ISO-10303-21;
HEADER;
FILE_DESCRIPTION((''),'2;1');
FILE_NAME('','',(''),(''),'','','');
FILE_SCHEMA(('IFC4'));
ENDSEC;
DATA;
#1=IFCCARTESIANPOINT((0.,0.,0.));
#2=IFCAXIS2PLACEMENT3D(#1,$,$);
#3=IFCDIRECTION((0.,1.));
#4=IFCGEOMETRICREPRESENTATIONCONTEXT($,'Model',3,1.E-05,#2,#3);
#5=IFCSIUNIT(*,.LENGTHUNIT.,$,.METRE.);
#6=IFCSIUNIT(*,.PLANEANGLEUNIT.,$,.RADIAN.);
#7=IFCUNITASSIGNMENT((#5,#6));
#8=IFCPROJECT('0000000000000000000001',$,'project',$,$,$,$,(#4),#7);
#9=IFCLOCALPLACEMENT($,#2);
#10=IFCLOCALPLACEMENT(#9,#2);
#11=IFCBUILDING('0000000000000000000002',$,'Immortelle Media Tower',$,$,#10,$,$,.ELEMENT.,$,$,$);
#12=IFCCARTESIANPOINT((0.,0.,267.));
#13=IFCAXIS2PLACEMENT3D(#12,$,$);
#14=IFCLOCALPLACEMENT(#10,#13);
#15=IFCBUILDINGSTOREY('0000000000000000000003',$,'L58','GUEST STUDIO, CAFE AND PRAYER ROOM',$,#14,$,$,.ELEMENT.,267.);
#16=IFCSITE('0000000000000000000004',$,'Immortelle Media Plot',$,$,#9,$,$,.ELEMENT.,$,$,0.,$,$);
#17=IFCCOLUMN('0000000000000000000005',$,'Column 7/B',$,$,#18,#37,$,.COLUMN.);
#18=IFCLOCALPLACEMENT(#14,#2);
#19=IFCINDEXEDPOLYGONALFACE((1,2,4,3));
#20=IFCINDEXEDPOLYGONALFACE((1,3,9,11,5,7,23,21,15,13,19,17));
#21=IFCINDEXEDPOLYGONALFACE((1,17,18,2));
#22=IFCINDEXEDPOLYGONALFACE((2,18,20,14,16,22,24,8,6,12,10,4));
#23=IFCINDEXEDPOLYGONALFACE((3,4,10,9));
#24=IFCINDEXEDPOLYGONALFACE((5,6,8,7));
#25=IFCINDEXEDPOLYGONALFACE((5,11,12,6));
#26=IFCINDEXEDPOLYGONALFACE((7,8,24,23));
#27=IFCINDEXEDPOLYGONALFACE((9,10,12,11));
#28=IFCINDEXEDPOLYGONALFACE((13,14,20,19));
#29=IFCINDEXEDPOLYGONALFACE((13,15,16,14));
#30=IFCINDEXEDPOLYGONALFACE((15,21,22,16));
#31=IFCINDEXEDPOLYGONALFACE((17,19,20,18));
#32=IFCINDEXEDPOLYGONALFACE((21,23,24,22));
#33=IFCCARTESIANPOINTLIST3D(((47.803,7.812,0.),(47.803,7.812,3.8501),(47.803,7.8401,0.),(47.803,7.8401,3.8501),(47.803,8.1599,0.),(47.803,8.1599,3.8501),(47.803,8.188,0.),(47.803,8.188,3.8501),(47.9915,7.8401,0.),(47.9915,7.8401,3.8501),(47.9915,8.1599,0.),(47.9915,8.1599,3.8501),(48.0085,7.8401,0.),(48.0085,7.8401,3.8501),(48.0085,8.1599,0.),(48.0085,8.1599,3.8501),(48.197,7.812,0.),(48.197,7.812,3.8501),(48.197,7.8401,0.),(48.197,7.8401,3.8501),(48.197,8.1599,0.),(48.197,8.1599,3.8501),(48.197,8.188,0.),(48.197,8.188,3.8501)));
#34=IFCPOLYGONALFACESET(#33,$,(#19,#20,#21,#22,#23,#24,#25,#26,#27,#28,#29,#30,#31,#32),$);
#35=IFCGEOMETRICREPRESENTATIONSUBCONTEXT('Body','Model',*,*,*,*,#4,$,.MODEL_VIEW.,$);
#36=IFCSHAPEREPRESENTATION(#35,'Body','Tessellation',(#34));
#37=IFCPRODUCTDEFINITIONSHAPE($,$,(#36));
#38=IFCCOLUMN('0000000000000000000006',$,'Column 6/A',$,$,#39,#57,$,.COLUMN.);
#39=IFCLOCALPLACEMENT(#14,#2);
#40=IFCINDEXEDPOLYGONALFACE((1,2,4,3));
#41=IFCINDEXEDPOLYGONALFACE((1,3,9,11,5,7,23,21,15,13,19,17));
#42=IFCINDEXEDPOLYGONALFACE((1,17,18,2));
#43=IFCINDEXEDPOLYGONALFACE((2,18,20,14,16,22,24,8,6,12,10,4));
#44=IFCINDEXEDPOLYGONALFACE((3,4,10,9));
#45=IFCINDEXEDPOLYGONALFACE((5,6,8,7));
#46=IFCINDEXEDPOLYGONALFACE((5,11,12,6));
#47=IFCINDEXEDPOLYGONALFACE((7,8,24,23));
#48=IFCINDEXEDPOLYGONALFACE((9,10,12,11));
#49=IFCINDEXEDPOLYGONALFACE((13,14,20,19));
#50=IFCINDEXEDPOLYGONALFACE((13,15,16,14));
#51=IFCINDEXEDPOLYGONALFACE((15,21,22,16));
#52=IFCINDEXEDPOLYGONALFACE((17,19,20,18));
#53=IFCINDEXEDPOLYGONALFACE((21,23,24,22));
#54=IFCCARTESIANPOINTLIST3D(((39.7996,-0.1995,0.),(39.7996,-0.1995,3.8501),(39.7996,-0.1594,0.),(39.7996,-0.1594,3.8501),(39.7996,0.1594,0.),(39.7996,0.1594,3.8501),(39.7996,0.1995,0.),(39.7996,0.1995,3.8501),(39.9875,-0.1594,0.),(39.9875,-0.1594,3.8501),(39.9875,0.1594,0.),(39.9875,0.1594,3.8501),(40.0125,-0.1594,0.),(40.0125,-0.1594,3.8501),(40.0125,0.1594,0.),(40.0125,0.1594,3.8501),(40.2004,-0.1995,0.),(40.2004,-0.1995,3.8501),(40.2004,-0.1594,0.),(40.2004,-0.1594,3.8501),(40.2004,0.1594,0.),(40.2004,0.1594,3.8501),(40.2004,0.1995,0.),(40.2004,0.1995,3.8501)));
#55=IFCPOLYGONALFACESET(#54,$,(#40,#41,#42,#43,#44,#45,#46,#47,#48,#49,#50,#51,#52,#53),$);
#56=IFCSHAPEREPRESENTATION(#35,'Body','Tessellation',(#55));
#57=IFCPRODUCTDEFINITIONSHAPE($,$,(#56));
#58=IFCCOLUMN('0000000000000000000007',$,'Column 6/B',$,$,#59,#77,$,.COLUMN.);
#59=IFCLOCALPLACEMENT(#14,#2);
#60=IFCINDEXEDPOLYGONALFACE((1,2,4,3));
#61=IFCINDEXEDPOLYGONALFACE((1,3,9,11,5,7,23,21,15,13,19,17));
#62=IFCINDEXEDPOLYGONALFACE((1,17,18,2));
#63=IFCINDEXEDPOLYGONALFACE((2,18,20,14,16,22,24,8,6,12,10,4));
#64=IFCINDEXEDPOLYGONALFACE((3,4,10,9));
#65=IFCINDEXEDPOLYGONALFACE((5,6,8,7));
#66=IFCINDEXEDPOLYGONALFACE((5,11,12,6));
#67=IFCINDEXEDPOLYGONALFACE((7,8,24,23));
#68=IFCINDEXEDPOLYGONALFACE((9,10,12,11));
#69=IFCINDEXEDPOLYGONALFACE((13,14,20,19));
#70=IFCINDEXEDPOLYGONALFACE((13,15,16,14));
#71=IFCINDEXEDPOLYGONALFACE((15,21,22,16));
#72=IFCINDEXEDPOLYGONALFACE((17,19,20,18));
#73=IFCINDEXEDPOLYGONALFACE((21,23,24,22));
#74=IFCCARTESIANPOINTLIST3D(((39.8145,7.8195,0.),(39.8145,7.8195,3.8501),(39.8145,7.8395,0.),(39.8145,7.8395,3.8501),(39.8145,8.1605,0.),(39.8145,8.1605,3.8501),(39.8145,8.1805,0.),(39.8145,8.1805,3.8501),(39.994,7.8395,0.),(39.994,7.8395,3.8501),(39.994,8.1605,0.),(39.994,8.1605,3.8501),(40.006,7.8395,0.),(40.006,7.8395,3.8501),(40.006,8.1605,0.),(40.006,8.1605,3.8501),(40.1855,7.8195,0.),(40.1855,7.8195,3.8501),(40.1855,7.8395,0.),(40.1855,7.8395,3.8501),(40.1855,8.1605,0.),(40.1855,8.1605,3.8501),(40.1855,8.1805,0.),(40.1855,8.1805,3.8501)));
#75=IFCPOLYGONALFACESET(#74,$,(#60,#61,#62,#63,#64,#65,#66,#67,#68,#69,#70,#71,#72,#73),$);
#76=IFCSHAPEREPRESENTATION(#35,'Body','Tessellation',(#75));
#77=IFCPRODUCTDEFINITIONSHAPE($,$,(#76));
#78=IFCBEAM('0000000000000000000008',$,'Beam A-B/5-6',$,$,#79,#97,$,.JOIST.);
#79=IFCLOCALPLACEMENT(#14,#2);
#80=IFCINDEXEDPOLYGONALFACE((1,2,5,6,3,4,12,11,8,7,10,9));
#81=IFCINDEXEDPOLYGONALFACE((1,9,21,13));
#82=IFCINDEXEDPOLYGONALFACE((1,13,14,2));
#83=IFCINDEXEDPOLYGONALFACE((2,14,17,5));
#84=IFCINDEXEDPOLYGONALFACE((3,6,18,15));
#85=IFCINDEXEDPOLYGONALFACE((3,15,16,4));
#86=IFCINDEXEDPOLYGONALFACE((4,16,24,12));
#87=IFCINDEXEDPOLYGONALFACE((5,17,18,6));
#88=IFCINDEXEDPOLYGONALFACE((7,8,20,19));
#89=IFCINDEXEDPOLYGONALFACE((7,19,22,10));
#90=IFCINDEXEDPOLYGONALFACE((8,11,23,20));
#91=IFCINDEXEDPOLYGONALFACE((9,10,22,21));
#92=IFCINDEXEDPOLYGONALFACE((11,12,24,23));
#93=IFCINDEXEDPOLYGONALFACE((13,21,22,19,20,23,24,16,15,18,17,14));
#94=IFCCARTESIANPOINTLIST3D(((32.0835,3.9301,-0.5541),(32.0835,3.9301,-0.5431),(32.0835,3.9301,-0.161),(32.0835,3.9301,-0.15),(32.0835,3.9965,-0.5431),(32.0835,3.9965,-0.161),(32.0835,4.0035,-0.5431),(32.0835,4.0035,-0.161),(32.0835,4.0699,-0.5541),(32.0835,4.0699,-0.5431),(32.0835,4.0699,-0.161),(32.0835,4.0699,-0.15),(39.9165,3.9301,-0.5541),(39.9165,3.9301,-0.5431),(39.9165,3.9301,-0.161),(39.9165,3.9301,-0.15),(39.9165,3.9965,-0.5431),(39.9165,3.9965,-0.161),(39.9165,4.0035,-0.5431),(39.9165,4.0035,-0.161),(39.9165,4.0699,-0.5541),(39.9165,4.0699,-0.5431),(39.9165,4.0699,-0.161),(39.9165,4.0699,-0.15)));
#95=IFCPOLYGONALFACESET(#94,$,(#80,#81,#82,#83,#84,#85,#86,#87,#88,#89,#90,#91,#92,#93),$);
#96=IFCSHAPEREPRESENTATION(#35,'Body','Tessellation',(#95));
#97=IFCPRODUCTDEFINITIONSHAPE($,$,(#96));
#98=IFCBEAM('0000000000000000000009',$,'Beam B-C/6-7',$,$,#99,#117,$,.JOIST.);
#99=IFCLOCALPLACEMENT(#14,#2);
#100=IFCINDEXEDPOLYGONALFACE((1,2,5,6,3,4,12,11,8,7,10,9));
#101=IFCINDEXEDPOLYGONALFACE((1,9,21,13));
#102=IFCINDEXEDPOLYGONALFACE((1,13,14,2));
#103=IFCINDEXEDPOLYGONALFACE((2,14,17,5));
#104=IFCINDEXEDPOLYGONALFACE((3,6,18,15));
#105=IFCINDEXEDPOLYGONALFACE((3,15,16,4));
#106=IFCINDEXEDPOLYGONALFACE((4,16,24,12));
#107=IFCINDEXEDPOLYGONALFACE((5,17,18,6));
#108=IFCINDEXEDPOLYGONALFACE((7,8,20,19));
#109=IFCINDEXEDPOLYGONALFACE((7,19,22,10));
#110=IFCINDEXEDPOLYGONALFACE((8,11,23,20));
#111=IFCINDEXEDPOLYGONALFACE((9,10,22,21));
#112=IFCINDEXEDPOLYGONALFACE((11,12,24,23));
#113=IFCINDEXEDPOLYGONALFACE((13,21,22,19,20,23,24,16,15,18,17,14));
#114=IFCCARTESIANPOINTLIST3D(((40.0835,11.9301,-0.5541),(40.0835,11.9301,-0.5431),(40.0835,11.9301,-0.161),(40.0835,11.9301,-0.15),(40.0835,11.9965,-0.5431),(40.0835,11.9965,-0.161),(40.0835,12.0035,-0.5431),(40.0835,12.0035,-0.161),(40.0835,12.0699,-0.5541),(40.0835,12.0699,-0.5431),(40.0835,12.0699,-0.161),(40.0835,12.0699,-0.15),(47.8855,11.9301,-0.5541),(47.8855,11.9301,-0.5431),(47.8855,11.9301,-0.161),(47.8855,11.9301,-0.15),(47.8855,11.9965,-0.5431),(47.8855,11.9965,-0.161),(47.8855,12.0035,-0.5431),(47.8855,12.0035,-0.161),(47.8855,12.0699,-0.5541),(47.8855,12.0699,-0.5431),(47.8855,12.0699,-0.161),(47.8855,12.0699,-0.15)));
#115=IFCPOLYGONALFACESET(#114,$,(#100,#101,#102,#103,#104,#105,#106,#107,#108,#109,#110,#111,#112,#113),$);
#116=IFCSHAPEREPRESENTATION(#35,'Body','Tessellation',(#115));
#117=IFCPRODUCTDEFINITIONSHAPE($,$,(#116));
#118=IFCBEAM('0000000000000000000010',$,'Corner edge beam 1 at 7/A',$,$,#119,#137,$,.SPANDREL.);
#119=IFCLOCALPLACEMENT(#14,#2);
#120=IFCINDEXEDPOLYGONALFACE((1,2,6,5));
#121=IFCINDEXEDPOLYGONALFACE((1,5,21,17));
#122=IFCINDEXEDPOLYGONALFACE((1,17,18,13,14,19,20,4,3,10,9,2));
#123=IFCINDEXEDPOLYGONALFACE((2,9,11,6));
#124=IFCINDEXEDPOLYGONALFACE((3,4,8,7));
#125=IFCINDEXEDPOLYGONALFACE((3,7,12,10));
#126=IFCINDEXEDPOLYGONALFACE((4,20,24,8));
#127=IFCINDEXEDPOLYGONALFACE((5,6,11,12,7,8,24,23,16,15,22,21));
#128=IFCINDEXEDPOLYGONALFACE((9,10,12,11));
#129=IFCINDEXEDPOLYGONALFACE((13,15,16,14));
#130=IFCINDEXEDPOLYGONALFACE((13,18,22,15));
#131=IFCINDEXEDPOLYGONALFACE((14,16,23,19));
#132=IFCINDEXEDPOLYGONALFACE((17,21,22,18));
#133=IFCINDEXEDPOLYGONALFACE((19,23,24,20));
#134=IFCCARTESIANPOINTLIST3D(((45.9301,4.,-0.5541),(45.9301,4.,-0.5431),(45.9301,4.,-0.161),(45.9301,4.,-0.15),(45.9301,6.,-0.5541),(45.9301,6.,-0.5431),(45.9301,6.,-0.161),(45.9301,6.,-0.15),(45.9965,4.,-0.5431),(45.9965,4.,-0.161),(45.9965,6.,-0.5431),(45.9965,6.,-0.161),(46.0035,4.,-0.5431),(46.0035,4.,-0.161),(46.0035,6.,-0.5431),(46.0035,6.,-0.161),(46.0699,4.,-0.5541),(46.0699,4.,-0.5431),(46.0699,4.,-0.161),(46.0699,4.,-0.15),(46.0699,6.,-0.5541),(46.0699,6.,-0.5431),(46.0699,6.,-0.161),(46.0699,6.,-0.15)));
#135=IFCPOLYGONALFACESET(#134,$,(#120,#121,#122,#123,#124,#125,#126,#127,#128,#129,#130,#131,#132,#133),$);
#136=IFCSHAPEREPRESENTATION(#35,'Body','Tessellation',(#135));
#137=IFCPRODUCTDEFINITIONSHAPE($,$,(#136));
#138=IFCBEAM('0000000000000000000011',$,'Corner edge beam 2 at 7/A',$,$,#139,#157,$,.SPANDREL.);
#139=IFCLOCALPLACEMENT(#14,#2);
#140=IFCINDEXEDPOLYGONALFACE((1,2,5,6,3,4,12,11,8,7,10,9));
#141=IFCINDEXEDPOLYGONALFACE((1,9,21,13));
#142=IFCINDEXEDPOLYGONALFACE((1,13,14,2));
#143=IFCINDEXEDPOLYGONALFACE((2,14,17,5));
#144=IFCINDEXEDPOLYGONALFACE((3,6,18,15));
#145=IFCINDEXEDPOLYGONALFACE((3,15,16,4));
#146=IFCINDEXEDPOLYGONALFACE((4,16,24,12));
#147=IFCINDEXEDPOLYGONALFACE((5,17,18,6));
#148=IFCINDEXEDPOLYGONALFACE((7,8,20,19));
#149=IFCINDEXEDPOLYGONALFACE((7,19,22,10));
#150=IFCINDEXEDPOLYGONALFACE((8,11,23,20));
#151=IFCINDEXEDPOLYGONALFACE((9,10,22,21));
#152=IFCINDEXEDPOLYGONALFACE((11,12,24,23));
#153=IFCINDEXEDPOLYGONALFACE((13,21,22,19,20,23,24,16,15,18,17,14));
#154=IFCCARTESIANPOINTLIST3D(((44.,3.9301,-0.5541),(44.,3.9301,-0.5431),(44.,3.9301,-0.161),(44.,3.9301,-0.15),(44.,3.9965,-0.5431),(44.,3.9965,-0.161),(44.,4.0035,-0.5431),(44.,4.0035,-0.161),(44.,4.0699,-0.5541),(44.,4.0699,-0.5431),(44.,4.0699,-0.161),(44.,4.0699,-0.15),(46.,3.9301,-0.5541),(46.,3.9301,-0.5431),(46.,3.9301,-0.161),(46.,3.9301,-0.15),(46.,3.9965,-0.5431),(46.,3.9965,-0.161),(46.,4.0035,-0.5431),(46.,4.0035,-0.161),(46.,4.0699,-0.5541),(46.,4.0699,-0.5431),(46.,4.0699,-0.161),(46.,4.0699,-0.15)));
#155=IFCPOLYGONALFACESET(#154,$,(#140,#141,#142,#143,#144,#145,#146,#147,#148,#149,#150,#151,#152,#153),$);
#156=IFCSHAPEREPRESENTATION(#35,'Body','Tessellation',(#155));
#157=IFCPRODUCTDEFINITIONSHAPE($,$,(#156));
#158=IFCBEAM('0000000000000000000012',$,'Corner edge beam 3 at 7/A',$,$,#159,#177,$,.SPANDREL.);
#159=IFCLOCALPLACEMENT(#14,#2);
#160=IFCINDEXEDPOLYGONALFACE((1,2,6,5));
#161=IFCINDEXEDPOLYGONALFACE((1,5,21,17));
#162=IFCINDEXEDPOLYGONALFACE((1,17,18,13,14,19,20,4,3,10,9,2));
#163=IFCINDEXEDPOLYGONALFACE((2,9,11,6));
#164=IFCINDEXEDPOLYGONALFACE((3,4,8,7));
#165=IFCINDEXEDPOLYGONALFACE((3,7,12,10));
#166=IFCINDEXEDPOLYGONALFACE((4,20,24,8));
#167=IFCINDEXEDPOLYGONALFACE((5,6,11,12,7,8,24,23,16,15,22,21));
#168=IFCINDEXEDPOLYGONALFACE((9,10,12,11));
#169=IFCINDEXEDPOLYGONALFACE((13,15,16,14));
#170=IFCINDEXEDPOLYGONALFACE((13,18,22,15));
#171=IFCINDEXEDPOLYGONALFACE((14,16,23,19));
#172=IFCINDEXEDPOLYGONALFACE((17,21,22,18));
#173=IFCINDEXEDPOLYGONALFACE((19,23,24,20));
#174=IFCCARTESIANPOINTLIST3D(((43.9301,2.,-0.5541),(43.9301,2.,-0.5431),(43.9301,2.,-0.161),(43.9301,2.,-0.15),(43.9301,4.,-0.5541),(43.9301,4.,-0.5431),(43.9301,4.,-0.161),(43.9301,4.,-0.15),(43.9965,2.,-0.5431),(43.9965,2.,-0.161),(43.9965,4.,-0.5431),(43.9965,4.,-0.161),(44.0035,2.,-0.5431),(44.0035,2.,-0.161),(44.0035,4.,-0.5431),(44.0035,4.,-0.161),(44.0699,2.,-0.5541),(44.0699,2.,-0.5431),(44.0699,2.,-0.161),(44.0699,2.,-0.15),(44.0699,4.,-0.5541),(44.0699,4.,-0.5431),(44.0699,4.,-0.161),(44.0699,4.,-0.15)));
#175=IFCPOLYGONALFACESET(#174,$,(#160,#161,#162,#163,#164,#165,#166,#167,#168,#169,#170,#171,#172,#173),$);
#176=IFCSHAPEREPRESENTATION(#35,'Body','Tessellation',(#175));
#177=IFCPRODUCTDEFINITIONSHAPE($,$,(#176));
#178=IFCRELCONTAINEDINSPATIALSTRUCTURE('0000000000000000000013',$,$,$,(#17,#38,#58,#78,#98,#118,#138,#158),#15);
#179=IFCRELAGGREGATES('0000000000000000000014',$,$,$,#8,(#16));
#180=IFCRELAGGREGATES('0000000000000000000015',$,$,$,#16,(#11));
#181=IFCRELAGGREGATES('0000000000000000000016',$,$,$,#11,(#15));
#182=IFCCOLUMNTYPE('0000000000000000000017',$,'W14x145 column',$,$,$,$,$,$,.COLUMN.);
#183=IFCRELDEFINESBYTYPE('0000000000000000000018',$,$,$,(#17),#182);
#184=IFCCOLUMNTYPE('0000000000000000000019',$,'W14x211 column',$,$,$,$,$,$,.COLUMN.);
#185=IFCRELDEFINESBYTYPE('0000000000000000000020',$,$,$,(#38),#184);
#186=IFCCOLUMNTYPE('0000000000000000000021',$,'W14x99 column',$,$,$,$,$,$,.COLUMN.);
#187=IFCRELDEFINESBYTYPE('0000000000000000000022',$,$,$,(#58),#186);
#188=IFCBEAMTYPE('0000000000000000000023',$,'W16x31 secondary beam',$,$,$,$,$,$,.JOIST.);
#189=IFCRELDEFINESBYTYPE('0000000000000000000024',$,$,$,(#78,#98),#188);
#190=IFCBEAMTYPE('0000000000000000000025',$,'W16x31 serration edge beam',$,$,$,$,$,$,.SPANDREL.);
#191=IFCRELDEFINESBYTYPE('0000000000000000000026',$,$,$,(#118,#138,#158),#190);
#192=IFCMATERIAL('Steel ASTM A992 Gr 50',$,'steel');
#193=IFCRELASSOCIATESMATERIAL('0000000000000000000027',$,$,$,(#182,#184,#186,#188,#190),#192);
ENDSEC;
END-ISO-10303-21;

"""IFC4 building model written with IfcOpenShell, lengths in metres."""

from ifc_helpers import new_model, si_unit, direction, frame, origin, origin_2d, place, context, subcontext, project, spatial, i_section, extrude, material, material_profile, profile_set, type_object, element, save


model = new_model("IFC4")

# Units and contexts
model_context = context("Model", 3, precision=1e-05, world=origin(), true_north=direction((0.0, 1.0)))
body_context = subcontext(model_context, "Body", "Model", "MODEL_VIEW")
ifc_project = project(units=[si_unit("LENGTHUNIT", "METRE"), si_unit("PLANEANGLEUNIT", "RADIAN")], contexts=[model_context])

# Site, building, storey
site_placement = place(None, origin())
site = spatial("IfcSite", under=ifc_project, at=site_placement, Name="Immortelle Media Plot", CompositionType="ELEMENT", RefElevation=0.0)
building_placement = place(site_placement, origin())
building = spatial("IfcBuilding", under=site, at=building_placement, Name="Immortelle Media Tower", CompositionType="ELEMENT")
storey_placement = place(building_placement, frame((0.0, 0.0, 267.0)))
storey = spatial("IfcBuildingStorey", under=building, at=storey_placement, Name="L58", Description="GUEST STUDIO, CAFE AND PRAYER ROOM", CompositionType="ELEMENT", Elevation=267.0)

# Columns
ifc_material_1 = material(Name="Steel ASTM A992 Gr 50", Category="steel")
ifc_material_profile_1 = material_profile(ifc_material_1, i_section(OverallWidth=0.394, OverallDepth=0.376, WebThickness=0.0171, FlangeThickness=0.0281, at=origin_2d()), Name="W14x145")
ifc_profile_set_1 = profile_set([ifc_material_profile_1], Name="Steel ASTM A992 Gr 50")
column_type_1 = type_object("IfcColumnType", Name="W14x145 column", PredefinedType="COLUMN", material=ifc_profile_set_1)
column_1_placement = place(storey_placement, frame((48.0, 8.0, 0.0), z_axis=(0.0, 0.0, 1.0), x_axis=(1.0, 0.0, 0.0)))
element("IfcColumn", 1, at=column_1_placement, inside=storey, type_object=column_type_1, Name="Column 7/B", PredefinedType="COLUMN", context=body_context, shape_type="SweptSolid", body=[
    extrude(i_section(OverallWidth=0.394, OverallDepth=0.376, WebThickness=0.0171, FlangeThickness=0.0281, at=origin_2d()), origin(), (0.0, 0.0, 1.0), 3.8501),
])
ifc_material_profile_2 = material_profile(ifc_material_1, i_section(OverallWidth=0.4009, OverallDepth=0.3989, WebThickness=0.0249, FlangeThickness=0.04, at=origin_2d()), Name="W14x211")
ifc_profile_set_2 = profile_set([ifc_material_profile_2], Name="Steel ASTM A992 Gr 50")
column_type_2 = type_object("IfcColumnType", Name="W14x211 column", PredefinedType="COLUMN", material=ifc_profile_set_2)
column_2_placement = place(storey_placement, frame((40.0, 0.0, 0.0), z_axis=(0.0, 0.0, 1.0), x_axis=(1.0, 0.0, 0.0)))
element("IfcColumn", 2, at=column_2_placement, inside=storey, type_object=column_type_2, Name="Column 6/A", PredefinedType="COLUMN", context=body_context, shape_type="SweptSolid", body=[
    extrude(i_section(OverallWidth=0.4009, OverallDepth=0.3989, WebThickness=0.0249, FlangeThickness=0.04, at=origin_2d()), origin(), (0.0, 0.0, 1.0), 3.8501),
])
ifc_material_profile_3 = material_profile(ifc_material_1, i_section(OverallWidth=0.3711, OverallDepth=0.3611, WebThickness=0.012, FlangeThickness=0.02, at=origin_2d()), Name="W14x99")
ifc_profile_set_3 = profile_set([ifc_material_profile_3], Name="Steel ASTM A992 Gr 50")
column_type_3 = type_object("IfcColumnType", Name="W14x99 column", PredefinedType="COLUMN", material=ifc_profile_set_3)
column_3_placement = place(storey_placement, frame((40.0, 8.0, 0.0), z_axis=(0.0, 0.0, 1.0), x_axis=(1.0, 0.0, 0.0)))
element("IfcColumn", 3, at=column_3_placement, inside=storey, type_object=column_type_3, Name="Column 6/B", PredefinedType="COLUMN", context=body_context, shape_type="SweptSolid", body=[
    extrude(i_section(OverallWidth=0.3711, OverallDepth=0.3611, WebThickness=0.012, FlangeThickness=0.02, at=origin_2d()), origin(), (0.0, 0.0, 1.0), 3.8501),
])

# Beams
ifc_material_profile_4 = material_profile(ifc_material_1, i_section(OverallWidth=0.1399, OverallDepth=0.4041, WebThickness=0.0071, FlangeThickness=0.011, at=origin_2d()), Name="W16x31")
ifc_profile_set_4 = profile_set([ifc_material_profile_4], Name="Steel ASTM A992 Gr 50")
beam_type_1 = type_object("IfcBeamType", Name="W16x31 secondary beam", PredefinedType="JOIST", material=ifc_profile_set_4)
beam_1_placement = place(storey_placement, frame((32.0835, 4.0, -0.3521), z_axis=(1.0, 0.0, 0.0), x_axis=(0.0, 1.0, 0.0)))
element("IfcBeam", 4, at=beam_1_placement, inside=storey, type_object=beam_type_1, Name="Beam A-B/5-6", PredefinedType="JOIST", context=body_context, shape_type="SweptSolid", body=[
    extrude(i_section(OverallWidth=0.1399, OverallDepth=0.4041, WebThickness=0.0071, FlangeThickness=0.011, at=origin_2d()), origin(), (0.0, 0.0, 1.0), 7.833),
])
beam_2_placement = place(storey_placement, frame((40.0835, 12.0, -0.3521), z_axis=(1.0, 0.0, 0.0), x_axis=(0.0, 1.0, 0.0)))
element("IfcBeam", 5, at=beam_2_placement, inside=storey, type_object=beam_type_1, Name="Beam B-C/6-7", PredefinedType="JOIST", context=body_context, shape_type="SweptSolid", body=[
    extrude(i_section(OverallWidth=0.1399, OverallDepth=0.4041, WebThickness=0.0071, FlangeThickness=0.011, at=origin_2d()), origin(), (0.0, 0.0, 1.0), 7.802),
])
ifc_material_profile_5 = material_profile(ifc_material_1, i_section(OverallWidth=0.1399, OverallDepth=0.4041, WebThickness=0.0071, FlangeThickness=0.011, at=origin_2d()), Name="W16x31")
ifc_profile_set_5 = profile_set([ifc_material_profile_5], Name="Steel ASTM A992 Gr 50")
beam_type_2 = type_object("IfcBeamType", Name="W16x31 serration edge beam", PredefinedType="SPANDREL", material=ifc_profile_set_5)
for number, where, z_axis, x_axis, name in (
    (6, (46.0, 6.0, -0.3521), (0.0, -1.0, 0.0), (1.0, 0.0, 0.0), "Corner edge beam 1 at 7/A"),
    (7, (46.0, 4.0, -0.3521), (-1.0, 0.0, 0.0), (0.0, -1.0, 0.0), "Corner edge beam 2 at 7/A"),
    (8, (44.0, 4.0, -0.3521), (0.0, -1.0, 0.0), (1.0, 0.0, 0.0), "Corner edge beam 3 at 7/A"),
):
    element("IfcBeam", number, at=place(storey_placement, frame(where, z_axis=z_axis, x_axis=x_axis)), inside=storey, type_object=beam_type_2, Name=name, PredefinedType="SPANDREL", context=body_context, shape_type="SweptSolid", body=[
        extrude(i_section(OverallWidth=0.1399, OverallDepth=0.4041, WebThickness=0.0071, FlangeThickness=0.011, at=origin_2d()), origin(), (0.0, 0.0, 1.0), 2.0),
    ])

save(model, "model.ifc")
